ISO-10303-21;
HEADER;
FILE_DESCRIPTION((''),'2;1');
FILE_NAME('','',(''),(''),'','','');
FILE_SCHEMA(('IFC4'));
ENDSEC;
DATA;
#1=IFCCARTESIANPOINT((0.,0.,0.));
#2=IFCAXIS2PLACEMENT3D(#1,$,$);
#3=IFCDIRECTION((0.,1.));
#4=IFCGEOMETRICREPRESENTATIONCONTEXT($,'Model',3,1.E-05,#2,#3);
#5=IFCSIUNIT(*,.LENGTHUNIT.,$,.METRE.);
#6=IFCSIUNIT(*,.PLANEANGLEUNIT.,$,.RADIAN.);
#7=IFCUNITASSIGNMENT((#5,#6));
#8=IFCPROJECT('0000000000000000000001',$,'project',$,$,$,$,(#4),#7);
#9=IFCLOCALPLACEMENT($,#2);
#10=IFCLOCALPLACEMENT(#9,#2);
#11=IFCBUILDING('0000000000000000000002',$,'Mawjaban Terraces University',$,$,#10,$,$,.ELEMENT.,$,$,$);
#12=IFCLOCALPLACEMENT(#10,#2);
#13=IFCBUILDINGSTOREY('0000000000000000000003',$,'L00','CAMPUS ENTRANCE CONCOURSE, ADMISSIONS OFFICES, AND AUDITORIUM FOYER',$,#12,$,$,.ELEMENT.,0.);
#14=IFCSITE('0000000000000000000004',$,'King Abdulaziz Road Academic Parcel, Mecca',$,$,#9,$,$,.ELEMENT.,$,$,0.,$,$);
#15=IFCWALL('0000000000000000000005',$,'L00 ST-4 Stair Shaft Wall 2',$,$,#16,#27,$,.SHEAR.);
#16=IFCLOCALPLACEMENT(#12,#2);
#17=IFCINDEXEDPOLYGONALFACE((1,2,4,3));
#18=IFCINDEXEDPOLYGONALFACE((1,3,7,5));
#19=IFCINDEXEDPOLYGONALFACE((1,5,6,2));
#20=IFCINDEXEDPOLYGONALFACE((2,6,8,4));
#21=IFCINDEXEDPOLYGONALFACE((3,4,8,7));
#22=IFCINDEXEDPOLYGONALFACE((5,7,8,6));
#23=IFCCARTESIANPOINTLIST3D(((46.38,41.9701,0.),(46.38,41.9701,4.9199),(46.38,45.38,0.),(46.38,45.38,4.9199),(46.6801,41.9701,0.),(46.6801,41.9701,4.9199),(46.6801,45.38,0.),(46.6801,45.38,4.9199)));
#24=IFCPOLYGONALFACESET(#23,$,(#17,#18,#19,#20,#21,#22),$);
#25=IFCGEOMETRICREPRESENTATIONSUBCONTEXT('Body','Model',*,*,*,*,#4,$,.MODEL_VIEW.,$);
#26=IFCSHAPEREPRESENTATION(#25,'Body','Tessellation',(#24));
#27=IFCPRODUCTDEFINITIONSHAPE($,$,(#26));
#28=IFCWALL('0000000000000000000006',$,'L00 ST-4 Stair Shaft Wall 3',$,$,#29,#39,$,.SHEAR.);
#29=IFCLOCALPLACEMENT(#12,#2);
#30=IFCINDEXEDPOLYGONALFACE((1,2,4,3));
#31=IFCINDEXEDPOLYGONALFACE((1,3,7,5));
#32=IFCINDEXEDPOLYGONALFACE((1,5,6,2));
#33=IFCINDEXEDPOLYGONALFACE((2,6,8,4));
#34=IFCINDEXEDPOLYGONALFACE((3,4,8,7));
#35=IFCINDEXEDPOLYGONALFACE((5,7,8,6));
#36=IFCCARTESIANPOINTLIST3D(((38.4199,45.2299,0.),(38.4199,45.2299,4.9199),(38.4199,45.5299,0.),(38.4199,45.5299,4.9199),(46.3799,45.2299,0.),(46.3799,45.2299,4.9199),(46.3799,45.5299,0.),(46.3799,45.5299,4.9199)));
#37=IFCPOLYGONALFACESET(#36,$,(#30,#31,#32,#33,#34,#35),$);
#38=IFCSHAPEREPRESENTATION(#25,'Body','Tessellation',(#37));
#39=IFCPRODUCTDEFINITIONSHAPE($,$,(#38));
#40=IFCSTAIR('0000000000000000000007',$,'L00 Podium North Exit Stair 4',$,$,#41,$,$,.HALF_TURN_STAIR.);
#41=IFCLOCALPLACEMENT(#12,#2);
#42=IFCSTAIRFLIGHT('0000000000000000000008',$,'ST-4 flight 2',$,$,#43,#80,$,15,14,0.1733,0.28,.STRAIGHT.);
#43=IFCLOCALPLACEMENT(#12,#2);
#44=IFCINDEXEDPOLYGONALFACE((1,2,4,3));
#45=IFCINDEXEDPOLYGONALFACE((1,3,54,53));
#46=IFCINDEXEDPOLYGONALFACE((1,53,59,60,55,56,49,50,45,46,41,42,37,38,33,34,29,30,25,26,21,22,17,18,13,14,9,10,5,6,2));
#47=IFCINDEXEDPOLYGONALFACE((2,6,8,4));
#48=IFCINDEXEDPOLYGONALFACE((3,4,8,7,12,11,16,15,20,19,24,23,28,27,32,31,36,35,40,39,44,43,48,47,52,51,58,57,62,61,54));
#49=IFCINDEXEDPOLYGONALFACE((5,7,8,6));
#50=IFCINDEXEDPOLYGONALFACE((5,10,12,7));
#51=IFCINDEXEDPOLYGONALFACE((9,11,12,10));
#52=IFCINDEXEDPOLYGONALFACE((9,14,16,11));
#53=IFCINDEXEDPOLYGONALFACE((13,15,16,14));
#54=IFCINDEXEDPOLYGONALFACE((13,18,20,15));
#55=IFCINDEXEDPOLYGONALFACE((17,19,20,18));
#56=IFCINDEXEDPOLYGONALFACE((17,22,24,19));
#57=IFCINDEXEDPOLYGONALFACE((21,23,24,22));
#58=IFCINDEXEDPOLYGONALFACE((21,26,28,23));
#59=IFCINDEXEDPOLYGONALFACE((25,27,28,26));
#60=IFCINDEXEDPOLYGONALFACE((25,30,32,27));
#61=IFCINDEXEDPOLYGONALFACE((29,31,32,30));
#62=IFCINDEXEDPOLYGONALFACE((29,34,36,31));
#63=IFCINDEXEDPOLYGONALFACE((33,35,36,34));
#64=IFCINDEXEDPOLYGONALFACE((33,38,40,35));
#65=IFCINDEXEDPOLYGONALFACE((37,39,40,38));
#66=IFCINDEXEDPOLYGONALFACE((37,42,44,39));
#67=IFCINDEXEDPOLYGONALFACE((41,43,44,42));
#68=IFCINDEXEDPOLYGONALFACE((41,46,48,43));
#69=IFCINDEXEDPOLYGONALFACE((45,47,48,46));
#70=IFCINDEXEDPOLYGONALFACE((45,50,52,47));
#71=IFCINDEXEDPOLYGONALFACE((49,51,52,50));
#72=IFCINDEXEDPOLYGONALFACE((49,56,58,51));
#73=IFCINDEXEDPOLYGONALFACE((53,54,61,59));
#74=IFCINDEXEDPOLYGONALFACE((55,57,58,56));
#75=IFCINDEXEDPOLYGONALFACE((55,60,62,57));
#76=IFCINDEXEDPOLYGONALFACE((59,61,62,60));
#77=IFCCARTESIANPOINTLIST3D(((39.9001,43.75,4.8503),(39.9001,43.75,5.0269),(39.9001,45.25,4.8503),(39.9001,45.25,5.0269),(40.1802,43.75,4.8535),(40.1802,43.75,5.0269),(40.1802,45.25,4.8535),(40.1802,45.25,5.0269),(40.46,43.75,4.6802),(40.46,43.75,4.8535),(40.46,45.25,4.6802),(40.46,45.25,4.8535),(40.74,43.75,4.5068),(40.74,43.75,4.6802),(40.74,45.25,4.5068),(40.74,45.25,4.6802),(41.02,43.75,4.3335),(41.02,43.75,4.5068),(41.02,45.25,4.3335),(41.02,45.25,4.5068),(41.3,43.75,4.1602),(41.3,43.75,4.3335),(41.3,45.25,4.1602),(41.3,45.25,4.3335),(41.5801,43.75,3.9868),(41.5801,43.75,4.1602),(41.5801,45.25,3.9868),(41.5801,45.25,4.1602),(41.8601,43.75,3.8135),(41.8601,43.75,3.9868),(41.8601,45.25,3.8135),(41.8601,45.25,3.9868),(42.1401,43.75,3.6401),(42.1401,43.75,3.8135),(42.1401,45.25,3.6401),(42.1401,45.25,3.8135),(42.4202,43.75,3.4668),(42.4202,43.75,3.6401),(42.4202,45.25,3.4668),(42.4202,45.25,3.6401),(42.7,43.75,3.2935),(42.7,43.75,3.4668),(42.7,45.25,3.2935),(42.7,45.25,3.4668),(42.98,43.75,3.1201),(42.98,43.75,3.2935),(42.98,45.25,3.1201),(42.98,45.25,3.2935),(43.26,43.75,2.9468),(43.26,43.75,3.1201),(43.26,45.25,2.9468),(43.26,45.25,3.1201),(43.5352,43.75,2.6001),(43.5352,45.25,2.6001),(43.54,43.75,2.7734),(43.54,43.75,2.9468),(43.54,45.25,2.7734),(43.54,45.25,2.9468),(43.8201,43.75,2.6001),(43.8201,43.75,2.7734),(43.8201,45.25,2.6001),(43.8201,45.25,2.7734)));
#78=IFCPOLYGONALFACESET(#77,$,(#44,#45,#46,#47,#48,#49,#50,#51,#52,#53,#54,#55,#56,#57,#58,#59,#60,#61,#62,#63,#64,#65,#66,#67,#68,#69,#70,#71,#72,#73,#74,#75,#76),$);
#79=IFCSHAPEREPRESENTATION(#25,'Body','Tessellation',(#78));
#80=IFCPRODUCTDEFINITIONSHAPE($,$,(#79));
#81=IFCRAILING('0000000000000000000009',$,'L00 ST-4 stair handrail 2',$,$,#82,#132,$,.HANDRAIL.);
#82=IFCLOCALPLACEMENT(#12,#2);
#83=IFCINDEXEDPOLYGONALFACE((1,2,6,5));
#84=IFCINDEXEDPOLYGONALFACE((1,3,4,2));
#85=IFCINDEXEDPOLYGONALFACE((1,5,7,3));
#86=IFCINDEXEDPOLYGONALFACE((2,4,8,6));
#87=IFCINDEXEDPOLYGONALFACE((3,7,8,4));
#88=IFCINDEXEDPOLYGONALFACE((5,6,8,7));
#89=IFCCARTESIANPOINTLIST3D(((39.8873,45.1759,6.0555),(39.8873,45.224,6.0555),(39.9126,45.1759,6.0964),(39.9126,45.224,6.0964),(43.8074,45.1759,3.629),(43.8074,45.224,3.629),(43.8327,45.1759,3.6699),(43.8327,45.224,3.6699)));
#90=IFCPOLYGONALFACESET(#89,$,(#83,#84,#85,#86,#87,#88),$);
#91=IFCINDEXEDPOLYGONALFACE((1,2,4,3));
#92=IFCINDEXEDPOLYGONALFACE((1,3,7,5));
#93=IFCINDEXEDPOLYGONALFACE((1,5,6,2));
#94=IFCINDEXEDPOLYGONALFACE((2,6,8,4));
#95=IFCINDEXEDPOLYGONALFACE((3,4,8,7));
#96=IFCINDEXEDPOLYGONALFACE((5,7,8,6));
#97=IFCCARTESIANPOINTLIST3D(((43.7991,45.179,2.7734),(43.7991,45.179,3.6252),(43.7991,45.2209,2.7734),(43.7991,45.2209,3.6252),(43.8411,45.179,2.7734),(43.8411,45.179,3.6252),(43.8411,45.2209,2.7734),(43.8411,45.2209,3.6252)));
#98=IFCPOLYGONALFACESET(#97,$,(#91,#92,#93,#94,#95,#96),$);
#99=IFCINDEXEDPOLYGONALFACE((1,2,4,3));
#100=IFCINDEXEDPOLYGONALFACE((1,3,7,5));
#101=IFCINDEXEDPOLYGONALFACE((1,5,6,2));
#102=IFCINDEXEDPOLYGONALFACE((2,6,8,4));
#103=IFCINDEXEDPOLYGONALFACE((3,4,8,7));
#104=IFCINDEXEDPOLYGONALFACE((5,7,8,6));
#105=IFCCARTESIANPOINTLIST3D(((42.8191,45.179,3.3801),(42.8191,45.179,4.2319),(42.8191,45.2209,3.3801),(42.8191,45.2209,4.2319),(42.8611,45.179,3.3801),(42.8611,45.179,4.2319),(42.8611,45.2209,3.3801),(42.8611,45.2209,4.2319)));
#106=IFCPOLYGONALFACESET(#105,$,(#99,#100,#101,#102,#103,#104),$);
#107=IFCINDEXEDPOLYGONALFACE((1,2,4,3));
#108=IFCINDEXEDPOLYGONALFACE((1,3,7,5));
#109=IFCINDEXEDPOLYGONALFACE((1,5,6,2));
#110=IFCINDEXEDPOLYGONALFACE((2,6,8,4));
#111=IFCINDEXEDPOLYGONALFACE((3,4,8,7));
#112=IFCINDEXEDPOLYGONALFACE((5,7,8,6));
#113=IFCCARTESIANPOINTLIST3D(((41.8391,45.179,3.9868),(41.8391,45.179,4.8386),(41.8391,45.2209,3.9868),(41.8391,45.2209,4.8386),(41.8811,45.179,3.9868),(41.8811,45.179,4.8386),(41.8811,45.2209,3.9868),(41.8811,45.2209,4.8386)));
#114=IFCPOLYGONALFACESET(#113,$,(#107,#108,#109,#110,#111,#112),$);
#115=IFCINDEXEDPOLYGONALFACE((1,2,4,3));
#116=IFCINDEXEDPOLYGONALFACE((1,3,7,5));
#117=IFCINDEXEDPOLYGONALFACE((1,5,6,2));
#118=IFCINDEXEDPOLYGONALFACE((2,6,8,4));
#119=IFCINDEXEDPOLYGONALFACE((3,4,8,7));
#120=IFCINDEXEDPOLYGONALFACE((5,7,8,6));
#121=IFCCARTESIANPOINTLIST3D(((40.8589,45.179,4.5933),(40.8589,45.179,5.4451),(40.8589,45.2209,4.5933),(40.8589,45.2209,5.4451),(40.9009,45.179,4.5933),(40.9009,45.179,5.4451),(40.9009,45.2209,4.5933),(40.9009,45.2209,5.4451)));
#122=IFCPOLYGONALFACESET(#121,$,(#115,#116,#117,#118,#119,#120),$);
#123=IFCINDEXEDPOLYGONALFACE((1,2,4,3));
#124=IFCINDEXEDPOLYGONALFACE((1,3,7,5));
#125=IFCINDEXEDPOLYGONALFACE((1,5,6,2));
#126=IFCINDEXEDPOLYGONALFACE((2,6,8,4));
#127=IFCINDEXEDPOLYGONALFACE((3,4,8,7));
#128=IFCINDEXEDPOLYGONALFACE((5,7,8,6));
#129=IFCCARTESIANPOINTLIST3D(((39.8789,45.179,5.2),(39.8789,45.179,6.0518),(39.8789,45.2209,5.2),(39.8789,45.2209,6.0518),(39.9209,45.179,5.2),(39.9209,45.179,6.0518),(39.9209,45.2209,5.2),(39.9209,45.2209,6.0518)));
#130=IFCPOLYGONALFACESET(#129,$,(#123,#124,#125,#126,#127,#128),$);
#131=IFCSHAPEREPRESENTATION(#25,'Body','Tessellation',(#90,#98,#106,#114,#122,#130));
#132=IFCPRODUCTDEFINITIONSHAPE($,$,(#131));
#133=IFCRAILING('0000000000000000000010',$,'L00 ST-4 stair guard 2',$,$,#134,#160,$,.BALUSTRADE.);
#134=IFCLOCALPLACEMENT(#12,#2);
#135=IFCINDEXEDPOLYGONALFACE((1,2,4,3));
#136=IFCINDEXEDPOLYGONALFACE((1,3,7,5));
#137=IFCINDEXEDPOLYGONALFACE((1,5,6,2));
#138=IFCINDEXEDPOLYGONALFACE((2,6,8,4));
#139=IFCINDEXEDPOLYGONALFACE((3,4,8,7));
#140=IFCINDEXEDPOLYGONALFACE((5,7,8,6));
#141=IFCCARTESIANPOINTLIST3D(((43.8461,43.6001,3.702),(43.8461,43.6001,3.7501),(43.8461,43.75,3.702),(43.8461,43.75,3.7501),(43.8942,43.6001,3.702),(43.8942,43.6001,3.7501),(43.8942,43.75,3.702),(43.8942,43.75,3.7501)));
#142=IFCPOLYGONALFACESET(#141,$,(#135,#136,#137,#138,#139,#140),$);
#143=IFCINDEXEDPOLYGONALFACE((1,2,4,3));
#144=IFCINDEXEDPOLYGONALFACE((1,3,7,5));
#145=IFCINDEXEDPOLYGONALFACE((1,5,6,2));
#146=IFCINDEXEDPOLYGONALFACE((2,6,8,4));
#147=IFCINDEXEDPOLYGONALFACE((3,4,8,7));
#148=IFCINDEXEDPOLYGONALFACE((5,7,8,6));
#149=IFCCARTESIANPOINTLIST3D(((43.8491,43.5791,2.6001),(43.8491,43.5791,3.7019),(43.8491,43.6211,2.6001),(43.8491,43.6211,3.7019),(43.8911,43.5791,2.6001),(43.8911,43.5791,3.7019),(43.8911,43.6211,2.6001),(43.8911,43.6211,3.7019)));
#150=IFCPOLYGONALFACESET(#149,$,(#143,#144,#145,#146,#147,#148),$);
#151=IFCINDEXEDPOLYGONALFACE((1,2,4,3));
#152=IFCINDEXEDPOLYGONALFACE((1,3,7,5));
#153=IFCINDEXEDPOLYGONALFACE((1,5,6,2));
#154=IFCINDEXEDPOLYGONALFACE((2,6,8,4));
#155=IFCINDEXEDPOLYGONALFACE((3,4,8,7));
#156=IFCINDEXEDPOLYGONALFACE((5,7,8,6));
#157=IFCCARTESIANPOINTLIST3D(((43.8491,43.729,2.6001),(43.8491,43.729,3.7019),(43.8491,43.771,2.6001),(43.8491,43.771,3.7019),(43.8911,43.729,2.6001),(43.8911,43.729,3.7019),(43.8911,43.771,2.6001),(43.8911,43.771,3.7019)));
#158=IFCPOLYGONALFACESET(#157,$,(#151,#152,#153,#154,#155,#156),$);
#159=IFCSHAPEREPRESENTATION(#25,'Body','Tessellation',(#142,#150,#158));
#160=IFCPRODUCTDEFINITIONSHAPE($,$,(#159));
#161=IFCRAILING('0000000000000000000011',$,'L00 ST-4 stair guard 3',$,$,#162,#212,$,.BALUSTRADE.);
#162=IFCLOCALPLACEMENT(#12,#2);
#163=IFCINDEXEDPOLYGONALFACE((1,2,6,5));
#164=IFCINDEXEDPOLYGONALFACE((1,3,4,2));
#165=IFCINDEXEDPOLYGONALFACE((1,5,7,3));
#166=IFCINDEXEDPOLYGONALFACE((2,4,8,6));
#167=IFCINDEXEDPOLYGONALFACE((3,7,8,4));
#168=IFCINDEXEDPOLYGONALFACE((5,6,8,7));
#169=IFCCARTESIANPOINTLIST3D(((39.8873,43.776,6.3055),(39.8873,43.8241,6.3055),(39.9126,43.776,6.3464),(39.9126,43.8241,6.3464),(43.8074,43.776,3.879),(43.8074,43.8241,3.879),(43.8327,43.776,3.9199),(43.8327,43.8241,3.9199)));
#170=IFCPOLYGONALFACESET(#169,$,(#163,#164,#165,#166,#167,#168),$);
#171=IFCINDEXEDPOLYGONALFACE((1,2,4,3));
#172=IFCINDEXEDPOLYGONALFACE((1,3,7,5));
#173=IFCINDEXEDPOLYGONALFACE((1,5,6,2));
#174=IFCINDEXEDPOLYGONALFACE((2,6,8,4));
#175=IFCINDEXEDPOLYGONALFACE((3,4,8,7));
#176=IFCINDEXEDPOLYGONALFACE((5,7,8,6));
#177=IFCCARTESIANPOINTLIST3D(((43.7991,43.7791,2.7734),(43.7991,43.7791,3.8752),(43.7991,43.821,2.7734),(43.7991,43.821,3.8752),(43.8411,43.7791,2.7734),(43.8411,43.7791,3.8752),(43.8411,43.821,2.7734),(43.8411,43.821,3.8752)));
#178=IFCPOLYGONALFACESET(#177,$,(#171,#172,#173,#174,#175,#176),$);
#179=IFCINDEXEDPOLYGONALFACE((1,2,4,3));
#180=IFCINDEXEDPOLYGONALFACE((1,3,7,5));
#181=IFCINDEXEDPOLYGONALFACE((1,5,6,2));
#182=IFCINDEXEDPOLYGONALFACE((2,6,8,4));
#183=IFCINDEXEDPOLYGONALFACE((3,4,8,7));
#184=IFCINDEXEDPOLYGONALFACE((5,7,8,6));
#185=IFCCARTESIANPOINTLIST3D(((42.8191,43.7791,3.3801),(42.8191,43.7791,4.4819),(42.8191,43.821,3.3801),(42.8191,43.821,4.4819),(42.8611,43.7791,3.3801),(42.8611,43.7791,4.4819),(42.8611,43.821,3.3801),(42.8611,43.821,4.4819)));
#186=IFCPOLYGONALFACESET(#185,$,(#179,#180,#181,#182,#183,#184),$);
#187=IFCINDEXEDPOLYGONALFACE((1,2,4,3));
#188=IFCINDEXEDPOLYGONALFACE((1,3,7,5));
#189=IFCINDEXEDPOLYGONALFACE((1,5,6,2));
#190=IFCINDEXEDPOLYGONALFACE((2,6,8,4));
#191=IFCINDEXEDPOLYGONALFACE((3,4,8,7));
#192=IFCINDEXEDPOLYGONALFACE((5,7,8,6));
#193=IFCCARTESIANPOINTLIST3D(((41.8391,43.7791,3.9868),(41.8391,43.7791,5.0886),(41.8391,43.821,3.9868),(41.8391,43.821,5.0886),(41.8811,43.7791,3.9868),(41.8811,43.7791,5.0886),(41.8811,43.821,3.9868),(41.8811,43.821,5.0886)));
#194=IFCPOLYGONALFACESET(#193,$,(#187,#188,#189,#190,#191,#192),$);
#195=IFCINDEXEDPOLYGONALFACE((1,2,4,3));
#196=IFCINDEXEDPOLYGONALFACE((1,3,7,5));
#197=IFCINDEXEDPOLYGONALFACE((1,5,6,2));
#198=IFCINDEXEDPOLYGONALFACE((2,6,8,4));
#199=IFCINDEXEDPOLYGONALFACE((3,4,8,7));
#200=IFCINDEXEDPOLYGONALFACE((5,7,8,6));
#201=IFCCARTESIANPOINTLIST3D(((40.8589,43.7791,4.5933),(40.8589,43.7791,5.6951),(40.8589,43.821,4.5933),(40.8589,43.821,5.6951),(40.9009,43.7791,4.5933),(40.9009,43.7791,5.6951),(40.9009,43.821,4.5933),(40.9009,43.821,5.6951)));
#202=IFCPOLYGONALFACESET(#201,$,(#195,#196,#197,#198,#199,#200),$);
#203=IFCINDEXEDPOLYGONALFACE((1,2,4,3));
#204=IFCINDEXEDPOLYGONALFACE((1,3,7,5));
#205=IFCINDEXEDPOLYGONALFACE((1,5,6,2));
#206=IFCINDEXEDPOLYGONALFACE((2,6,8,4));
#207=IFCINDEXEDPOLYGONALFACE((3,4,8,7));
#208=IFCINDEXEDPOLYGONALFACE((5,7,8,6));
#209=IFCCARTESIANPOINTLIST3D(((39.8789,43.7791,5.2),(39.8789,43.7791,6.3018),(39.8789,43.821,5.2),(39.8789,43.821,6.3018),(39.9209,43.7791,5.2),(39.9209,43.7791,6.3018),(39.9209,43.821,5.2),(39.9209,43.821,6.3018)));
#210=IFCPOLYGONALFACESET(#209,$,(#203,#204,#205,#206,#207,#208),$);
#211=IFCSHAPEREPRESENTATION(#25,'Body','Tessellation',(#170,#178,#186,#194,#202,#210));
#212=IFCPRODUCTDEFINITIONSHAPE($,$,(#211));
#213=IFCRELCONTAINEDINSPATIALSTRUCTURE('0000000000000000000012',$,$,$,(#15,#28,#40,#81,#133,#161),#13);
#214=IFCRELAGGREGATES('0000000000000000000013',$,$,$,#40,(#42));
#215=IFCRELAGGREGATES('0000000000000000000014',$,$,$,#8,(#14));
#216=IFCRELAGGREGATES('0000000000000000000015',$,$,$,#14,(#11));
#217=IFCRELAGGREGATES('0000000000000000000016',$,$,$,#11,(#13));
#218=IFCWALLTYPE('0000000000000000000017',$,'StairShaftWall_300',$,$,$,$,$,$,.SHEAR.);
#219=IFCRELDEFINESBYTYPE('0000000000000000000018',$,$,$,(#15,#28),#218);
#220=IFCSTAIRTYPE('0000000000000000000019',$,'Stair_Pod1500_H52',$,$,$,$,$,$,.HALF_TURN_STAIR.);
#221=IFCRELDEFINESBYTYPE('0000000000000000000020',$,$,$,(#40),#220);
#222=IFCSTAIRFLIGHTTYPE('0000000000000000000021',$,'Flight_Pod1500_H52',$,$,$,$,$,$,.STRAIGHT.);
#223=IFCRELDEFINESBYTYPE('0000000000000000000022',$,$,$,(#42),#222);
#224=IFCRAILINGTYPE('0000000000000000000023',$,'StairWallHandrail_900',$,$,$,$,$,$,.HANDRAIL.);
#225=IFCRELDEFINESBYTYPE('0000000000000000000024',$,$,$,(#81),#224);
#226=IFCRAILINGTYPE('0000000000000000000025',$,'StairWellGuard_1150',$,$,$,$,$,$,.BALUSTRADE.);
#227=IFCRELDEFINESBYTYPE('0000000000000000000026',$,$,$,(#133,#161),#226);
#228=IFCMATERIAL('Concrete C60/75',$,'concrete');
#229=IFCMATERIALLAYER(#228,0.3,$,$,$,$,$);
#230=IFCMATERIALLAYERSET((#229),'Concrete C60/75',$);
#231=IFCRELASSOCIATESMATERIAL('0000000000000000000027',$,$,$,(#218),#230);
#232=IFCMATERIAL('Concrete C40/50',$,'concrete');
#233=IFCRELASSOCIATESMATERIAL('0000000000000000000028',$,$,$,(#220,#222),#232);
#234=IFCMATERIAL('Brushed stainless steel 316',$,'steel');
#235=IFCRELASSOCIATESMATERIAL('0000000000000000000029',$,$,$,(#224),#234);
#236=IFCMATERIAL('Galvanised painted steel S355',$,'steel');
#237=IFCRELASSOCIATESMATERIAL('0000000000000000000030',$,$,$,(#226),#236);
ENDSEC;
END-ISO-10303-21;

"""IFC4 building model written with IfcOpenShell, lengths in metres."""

from ifc_helpers import new_model, si_unit, direction, frame, frame_2d, origin, origin_2d, place, context, subcontext, project, spatial, polyline, rectangle, outline, extrude, material, layer, layer_set, type_object, element, aggregate, save


model = new_model("IFC4")

# Units and contexts
model_context = context("Model", 3, precision=1e-05, world=origin(), true_north=direction((0.0, 1.0)))
body_context = subcontext(model_context, "Body", "Model", "MODEL_VIEW")
ifc_project = project(units=[si_unit("LENGTHUNIT", "METRE"), si_unit("PLANEANGLEUNIT", "RADIAN")], contexts=[model_context])

# Site, building, storey
site_placement = place(None, origin())
site = spatial("IfcSite", under=ifc_project, at=site_placement, Name="King Abdulaziz Road Academic Parcel, Mecca", CompositionType="ELEMENT", RefElevation=0.0)
building_placement = place(site_placement, origin())
building = spatial("IfcBuilding", under=site, at=building_placement, Name="Mawjaban Terraces University", CompositionType="ELEMENT")
storey_placement = place(building_placement, origin())
storey = spatial("IfcBuildingStorey", under=building, at=storey_placement, Name="L00", Description="CAMPUS ENTRANCE CONCOURSE, ADMISSIONS OFFICES, AND AUDITORIUM FOYER", CompositionType="ELEMENT", Elevation=0.0)

# Walls
ifc_material_1 = material(Name="Concrete C60/75", Category="concrete")
ifc_layer_1 = layer(ifc_material_1, 0.3)
ifc_layer_set_1 = layer_set([ifc_layer_1], Name="Concrete C60/75")
wall_type_1 = type_object("IfcWallType", Name="StairShaftWall_300", PredefinedType="SHEAR", material=ifc_layer_set_1)
wall_1_placement = place(storey_placement, frame((46.53, 41.97, 0.0), z_axis=(0.0, 0.0, 1.0), x_axis=(0.0, 1.0, 0.0)))
element("IfcWall", 1, at=wall_1_placement, inside=storey, type_object=wall_type_1, Name="L00 ST-4 Stair Shaft Wall 2", PredefinedType="SHEAR", context=body_context, shape_type="SweptSolid", body=[
    extrude(rectangle(XDim=3.4099, YDim=0.3, at=frame_2d((1.7051, 0.0))), origin(), (0.0, 0.0, 1.0), 4.9199),
])
wall_2_placement = place(storey_placement, frame((46.3799, 45.3799, 0.0), z_axis=(0.0, 0.0, 1.0), x_axis=(-1.0, 0.0, 0.0)))
element("IfcWall", 2, at=wall_2_placement, inside=storey, type_object=wall_type_1, Name="L00 ST-4 Stair Shaft Wall 3", PredefinedType="SHEAR", context=body_context, shape_type="SweptSolid", body=[
    extrude(rectangle(XDim=7.96, YDim=0.3, at=frame_2d((3.98, 0.0))), origin(), (0.0, 0.0, 1.0), 4.9199),
])

# Stair, stair flight
ifc_material_2 = material(Name="Concrete C40/50", Category="concrete")
stair_type = type_object("IfcStairType", Name="Stair_Pod1500_H52", PredefinedType="HALF_TURN_STAIR", material=ifc_material_2)
stair_placement = place(storey_placement, origin())
stair = element("IfcStair", 3, at=stair_placement, inside=storey, type_object=stair_type, Name="L00 Podium North Exit Stair 4", PredefinedType="HALF_TURN_STAIR")
stair_flight_type = type_object("IfcStairFlightType", Name="Flight_Pod1500_H52", PredefinedType="STRAIGHT", material=ifc_material_2)
stair_flight_placement = place(storey_placement, frame((43.8201, 44.5, 2.6001), z_axis=(0.0, 0.0, 1.0), x_axis=(-1.0, 0.0, 0.0)))
stair_flight = element("IfcStairFlight", 4, at=stair_flight_placement, type_object=stair_flight_type, Name="ST-4 flight 2", NumberOfRisers=15, NumberOfTreads=14, PredefinedType="STRAIGHT", RiserHeight=0.1733, TreadLength=0.28, context=body_context, shape_type="SweptSolid", body=[
    extrude(outline(polyline([(0.0, 0.0), (0.0, 0.1733), (0.28, 0.1733), (0.28, 0.3467), (0.5601, 0.3467), (0.5601, 0.52), (0.8401, 0.52), (0.8401, 0.6934), (1.1201, 0.6934), (1.1201, 0.8667), (1.3999, 0.8667), (1.3999, 1.04), (1.6799, 1.04), (1.6799, 1.2134), (1.96, 1.2134), (1.96, 1.3867), (2.24, 1.3867), (2.24, 1.5601), (2.52, 1.5601), (2.52, 1.7334), (2.8, 1.7334), (2.8, 1.9067), (3.0801, 1.9067), (3.0801, 2.0801), (3.3601, 2.0801), (3.3601, 2.2534), (3.6399, 2.2534), (3.6399, 2.4268), (3.9199, 2.4268), (3.9199, 2.6001), (3.9199, 2.2502), (0.2849, 0.0), (0.0, 0.0)])), frame((0.0, 0.75, 0.0), z_axis=(0.0, -1.0, 0.0), x_axis=(1.0, 0.0, 0.0)), (0.0, 0.0, 1.0), 1.5),
])
aggregate(stair, [stair_flight])

# Railings
ifc_material_3 = material(Name="Brushed stainless steel 316", Category="steel")
railing_type_1 = type_object("IfcRailingType", Name="StairWallHandrail_900", PredefinedType="HANDRAIL", material=ifc_material_3)
railing_1_placement = place(storey_placement, frame((43.8201, 45.2, 2.7734)))
element("IfcRailing", 5, at=railing_1_placement, inside=storey, type_object=railing_type_1, Name="L00 ST-4 stair handrail 2", PredefinedType="HANDRAIL", context=body_context, shape_type="SweptSolid", body=[
    extrude(rectangle(XDim=0.0481, YDim=0.0481, at=origin_2d()), frame((0.0, 0.0, 0.876), z_axis=(-0.85029, 0.0, 0.526315), x_axis=(0.0, -1.0, 0.0)), (0.0, 0.0, 1.0), 4.6104),
    extrude(rectangle(XDim=0.042, YDim=0.042, at=origin_2d()), origin(), (0.0, 0.0, 1.0), 0.8518),
    extrude(rectangle(XDim=0.042, YDim=0.042, at=origin_2d()), frame((-0.98, 0.0, 0.6067)), (0.0, 0.0, 1.0), 0.8518),
    extrude(rectangle(XDim=0.042, YDim=0.042, at=origin_2d()), frame((-1.96, 0.0, 1.2134)), (0.0, 0.0, 1.0), 0.8518),
    extrude(rectangle(XDim=0.042, YDim=0.042, at=origin_2d()), frame((-2.9402, 0.0, 1.8198)), (0.0, 0.0, 1.0), 0.8518),
    extrude(rectangle(XDim=0.042, YDim=0.042, at=origin_2d()), frame((-3.9202, 0.0, 2.4265)), (0.0, 0.0, 1.0), 0.8518),
])
ifc_material_4 = material(Name="Galvanised painted steel S355", Category="steel")
railing_type_2 = type_object("IfcRailingType", Name="StairWellGuard_1150", PredefinedType="BALUSTRADE", material=ifc_material_4)
railing_2_placement = place(storey_placement, frame((43.8701, 43.6001, 2.6001)))
element("IfcRailing", 6, at=railing_2_placement, inside=storey, type_object=railing_type_2, Name="L00 ST-4 stair guard 2", PredefinedType="BALUSTRADE", context=body_context, shape_type="SweptSolid", body=[
    extrude(rectangle(XDim=0.0481, YDim=0.0481, at=origin_2d()), frame((0.0, 0.0, 1.126), z_axis=(0.0, 1.0, 0.0), x_axis=(-1.0, 0.0, 0.0)), (0.0, 0.0, 1.0), 0.1499),
    extrude(rectangle(XDim=0.042, YDim=0.042, at=origin_2d()), origin(), (0.0, 0.0, 1.0), 1.1018),
    extrude(rectangle(XDim=0.042, YDim=0.042, at=origin_2d()), frame((0.0, 0.1499, 0.0)), (0.0, 0.0, 1.0), 1.1018),
])
railing_3_placement = place(storey_placement, frame((43.8201, 43.8, 2.7734)))
element("IfcRailing", 7, at=railing_3_placement, inside=storey, type_object=railing_type_2, Name="L00 ST-4 stair guard 3", PredefinedType="BALUSTRADE", context=body_context, shape_type="SweptSolid", body=[
    extrude(rectangle(XDim=0.0481, YDim=0.0481, at=origin_2d()), frame((0.0, 0.0, 1.126), z_axis=(-0.85029, 0.0, 0.526315), x_axis=(0.0, -1.0, 0.0)), (0.0, 0.0, 1.0), 4.6104),
    extrude(rectangle(XDim=0.042, YDim=0.042, at=origin_2d()), origin(), (0.0, 0.0, 1.0), 1.1018),
    extrude(rectangle(XDim=0.042, YDim=0.042, at=origin_2d()), frame((-0.98, 0.0, 0.6067)), (0.0, 0.0, 1.0), 1.1018),
    extrude(rectangle(XDim=0.042, YDim=0.042, at=origin_2d()), frame((-1.96, 0.0, 1.2134)), (0.0, 0.0, 1.0), 1.1018),
    extrude(rectangle(XDim=0.042, YDim=0.042, at=origin_2d()), frame((-2.9402, 0.0, 1.8198)), (0.0, 0.0, 1.0), 1.1018),
    extrude(rectangle(XDim=0.042, YDim=0.042, at=origin_2d()), frame((-3.9202, 0.0, 2.4265)), (0.0, 0.0, 1.0), 1.1018),
])

save(model, "model.ifc")
